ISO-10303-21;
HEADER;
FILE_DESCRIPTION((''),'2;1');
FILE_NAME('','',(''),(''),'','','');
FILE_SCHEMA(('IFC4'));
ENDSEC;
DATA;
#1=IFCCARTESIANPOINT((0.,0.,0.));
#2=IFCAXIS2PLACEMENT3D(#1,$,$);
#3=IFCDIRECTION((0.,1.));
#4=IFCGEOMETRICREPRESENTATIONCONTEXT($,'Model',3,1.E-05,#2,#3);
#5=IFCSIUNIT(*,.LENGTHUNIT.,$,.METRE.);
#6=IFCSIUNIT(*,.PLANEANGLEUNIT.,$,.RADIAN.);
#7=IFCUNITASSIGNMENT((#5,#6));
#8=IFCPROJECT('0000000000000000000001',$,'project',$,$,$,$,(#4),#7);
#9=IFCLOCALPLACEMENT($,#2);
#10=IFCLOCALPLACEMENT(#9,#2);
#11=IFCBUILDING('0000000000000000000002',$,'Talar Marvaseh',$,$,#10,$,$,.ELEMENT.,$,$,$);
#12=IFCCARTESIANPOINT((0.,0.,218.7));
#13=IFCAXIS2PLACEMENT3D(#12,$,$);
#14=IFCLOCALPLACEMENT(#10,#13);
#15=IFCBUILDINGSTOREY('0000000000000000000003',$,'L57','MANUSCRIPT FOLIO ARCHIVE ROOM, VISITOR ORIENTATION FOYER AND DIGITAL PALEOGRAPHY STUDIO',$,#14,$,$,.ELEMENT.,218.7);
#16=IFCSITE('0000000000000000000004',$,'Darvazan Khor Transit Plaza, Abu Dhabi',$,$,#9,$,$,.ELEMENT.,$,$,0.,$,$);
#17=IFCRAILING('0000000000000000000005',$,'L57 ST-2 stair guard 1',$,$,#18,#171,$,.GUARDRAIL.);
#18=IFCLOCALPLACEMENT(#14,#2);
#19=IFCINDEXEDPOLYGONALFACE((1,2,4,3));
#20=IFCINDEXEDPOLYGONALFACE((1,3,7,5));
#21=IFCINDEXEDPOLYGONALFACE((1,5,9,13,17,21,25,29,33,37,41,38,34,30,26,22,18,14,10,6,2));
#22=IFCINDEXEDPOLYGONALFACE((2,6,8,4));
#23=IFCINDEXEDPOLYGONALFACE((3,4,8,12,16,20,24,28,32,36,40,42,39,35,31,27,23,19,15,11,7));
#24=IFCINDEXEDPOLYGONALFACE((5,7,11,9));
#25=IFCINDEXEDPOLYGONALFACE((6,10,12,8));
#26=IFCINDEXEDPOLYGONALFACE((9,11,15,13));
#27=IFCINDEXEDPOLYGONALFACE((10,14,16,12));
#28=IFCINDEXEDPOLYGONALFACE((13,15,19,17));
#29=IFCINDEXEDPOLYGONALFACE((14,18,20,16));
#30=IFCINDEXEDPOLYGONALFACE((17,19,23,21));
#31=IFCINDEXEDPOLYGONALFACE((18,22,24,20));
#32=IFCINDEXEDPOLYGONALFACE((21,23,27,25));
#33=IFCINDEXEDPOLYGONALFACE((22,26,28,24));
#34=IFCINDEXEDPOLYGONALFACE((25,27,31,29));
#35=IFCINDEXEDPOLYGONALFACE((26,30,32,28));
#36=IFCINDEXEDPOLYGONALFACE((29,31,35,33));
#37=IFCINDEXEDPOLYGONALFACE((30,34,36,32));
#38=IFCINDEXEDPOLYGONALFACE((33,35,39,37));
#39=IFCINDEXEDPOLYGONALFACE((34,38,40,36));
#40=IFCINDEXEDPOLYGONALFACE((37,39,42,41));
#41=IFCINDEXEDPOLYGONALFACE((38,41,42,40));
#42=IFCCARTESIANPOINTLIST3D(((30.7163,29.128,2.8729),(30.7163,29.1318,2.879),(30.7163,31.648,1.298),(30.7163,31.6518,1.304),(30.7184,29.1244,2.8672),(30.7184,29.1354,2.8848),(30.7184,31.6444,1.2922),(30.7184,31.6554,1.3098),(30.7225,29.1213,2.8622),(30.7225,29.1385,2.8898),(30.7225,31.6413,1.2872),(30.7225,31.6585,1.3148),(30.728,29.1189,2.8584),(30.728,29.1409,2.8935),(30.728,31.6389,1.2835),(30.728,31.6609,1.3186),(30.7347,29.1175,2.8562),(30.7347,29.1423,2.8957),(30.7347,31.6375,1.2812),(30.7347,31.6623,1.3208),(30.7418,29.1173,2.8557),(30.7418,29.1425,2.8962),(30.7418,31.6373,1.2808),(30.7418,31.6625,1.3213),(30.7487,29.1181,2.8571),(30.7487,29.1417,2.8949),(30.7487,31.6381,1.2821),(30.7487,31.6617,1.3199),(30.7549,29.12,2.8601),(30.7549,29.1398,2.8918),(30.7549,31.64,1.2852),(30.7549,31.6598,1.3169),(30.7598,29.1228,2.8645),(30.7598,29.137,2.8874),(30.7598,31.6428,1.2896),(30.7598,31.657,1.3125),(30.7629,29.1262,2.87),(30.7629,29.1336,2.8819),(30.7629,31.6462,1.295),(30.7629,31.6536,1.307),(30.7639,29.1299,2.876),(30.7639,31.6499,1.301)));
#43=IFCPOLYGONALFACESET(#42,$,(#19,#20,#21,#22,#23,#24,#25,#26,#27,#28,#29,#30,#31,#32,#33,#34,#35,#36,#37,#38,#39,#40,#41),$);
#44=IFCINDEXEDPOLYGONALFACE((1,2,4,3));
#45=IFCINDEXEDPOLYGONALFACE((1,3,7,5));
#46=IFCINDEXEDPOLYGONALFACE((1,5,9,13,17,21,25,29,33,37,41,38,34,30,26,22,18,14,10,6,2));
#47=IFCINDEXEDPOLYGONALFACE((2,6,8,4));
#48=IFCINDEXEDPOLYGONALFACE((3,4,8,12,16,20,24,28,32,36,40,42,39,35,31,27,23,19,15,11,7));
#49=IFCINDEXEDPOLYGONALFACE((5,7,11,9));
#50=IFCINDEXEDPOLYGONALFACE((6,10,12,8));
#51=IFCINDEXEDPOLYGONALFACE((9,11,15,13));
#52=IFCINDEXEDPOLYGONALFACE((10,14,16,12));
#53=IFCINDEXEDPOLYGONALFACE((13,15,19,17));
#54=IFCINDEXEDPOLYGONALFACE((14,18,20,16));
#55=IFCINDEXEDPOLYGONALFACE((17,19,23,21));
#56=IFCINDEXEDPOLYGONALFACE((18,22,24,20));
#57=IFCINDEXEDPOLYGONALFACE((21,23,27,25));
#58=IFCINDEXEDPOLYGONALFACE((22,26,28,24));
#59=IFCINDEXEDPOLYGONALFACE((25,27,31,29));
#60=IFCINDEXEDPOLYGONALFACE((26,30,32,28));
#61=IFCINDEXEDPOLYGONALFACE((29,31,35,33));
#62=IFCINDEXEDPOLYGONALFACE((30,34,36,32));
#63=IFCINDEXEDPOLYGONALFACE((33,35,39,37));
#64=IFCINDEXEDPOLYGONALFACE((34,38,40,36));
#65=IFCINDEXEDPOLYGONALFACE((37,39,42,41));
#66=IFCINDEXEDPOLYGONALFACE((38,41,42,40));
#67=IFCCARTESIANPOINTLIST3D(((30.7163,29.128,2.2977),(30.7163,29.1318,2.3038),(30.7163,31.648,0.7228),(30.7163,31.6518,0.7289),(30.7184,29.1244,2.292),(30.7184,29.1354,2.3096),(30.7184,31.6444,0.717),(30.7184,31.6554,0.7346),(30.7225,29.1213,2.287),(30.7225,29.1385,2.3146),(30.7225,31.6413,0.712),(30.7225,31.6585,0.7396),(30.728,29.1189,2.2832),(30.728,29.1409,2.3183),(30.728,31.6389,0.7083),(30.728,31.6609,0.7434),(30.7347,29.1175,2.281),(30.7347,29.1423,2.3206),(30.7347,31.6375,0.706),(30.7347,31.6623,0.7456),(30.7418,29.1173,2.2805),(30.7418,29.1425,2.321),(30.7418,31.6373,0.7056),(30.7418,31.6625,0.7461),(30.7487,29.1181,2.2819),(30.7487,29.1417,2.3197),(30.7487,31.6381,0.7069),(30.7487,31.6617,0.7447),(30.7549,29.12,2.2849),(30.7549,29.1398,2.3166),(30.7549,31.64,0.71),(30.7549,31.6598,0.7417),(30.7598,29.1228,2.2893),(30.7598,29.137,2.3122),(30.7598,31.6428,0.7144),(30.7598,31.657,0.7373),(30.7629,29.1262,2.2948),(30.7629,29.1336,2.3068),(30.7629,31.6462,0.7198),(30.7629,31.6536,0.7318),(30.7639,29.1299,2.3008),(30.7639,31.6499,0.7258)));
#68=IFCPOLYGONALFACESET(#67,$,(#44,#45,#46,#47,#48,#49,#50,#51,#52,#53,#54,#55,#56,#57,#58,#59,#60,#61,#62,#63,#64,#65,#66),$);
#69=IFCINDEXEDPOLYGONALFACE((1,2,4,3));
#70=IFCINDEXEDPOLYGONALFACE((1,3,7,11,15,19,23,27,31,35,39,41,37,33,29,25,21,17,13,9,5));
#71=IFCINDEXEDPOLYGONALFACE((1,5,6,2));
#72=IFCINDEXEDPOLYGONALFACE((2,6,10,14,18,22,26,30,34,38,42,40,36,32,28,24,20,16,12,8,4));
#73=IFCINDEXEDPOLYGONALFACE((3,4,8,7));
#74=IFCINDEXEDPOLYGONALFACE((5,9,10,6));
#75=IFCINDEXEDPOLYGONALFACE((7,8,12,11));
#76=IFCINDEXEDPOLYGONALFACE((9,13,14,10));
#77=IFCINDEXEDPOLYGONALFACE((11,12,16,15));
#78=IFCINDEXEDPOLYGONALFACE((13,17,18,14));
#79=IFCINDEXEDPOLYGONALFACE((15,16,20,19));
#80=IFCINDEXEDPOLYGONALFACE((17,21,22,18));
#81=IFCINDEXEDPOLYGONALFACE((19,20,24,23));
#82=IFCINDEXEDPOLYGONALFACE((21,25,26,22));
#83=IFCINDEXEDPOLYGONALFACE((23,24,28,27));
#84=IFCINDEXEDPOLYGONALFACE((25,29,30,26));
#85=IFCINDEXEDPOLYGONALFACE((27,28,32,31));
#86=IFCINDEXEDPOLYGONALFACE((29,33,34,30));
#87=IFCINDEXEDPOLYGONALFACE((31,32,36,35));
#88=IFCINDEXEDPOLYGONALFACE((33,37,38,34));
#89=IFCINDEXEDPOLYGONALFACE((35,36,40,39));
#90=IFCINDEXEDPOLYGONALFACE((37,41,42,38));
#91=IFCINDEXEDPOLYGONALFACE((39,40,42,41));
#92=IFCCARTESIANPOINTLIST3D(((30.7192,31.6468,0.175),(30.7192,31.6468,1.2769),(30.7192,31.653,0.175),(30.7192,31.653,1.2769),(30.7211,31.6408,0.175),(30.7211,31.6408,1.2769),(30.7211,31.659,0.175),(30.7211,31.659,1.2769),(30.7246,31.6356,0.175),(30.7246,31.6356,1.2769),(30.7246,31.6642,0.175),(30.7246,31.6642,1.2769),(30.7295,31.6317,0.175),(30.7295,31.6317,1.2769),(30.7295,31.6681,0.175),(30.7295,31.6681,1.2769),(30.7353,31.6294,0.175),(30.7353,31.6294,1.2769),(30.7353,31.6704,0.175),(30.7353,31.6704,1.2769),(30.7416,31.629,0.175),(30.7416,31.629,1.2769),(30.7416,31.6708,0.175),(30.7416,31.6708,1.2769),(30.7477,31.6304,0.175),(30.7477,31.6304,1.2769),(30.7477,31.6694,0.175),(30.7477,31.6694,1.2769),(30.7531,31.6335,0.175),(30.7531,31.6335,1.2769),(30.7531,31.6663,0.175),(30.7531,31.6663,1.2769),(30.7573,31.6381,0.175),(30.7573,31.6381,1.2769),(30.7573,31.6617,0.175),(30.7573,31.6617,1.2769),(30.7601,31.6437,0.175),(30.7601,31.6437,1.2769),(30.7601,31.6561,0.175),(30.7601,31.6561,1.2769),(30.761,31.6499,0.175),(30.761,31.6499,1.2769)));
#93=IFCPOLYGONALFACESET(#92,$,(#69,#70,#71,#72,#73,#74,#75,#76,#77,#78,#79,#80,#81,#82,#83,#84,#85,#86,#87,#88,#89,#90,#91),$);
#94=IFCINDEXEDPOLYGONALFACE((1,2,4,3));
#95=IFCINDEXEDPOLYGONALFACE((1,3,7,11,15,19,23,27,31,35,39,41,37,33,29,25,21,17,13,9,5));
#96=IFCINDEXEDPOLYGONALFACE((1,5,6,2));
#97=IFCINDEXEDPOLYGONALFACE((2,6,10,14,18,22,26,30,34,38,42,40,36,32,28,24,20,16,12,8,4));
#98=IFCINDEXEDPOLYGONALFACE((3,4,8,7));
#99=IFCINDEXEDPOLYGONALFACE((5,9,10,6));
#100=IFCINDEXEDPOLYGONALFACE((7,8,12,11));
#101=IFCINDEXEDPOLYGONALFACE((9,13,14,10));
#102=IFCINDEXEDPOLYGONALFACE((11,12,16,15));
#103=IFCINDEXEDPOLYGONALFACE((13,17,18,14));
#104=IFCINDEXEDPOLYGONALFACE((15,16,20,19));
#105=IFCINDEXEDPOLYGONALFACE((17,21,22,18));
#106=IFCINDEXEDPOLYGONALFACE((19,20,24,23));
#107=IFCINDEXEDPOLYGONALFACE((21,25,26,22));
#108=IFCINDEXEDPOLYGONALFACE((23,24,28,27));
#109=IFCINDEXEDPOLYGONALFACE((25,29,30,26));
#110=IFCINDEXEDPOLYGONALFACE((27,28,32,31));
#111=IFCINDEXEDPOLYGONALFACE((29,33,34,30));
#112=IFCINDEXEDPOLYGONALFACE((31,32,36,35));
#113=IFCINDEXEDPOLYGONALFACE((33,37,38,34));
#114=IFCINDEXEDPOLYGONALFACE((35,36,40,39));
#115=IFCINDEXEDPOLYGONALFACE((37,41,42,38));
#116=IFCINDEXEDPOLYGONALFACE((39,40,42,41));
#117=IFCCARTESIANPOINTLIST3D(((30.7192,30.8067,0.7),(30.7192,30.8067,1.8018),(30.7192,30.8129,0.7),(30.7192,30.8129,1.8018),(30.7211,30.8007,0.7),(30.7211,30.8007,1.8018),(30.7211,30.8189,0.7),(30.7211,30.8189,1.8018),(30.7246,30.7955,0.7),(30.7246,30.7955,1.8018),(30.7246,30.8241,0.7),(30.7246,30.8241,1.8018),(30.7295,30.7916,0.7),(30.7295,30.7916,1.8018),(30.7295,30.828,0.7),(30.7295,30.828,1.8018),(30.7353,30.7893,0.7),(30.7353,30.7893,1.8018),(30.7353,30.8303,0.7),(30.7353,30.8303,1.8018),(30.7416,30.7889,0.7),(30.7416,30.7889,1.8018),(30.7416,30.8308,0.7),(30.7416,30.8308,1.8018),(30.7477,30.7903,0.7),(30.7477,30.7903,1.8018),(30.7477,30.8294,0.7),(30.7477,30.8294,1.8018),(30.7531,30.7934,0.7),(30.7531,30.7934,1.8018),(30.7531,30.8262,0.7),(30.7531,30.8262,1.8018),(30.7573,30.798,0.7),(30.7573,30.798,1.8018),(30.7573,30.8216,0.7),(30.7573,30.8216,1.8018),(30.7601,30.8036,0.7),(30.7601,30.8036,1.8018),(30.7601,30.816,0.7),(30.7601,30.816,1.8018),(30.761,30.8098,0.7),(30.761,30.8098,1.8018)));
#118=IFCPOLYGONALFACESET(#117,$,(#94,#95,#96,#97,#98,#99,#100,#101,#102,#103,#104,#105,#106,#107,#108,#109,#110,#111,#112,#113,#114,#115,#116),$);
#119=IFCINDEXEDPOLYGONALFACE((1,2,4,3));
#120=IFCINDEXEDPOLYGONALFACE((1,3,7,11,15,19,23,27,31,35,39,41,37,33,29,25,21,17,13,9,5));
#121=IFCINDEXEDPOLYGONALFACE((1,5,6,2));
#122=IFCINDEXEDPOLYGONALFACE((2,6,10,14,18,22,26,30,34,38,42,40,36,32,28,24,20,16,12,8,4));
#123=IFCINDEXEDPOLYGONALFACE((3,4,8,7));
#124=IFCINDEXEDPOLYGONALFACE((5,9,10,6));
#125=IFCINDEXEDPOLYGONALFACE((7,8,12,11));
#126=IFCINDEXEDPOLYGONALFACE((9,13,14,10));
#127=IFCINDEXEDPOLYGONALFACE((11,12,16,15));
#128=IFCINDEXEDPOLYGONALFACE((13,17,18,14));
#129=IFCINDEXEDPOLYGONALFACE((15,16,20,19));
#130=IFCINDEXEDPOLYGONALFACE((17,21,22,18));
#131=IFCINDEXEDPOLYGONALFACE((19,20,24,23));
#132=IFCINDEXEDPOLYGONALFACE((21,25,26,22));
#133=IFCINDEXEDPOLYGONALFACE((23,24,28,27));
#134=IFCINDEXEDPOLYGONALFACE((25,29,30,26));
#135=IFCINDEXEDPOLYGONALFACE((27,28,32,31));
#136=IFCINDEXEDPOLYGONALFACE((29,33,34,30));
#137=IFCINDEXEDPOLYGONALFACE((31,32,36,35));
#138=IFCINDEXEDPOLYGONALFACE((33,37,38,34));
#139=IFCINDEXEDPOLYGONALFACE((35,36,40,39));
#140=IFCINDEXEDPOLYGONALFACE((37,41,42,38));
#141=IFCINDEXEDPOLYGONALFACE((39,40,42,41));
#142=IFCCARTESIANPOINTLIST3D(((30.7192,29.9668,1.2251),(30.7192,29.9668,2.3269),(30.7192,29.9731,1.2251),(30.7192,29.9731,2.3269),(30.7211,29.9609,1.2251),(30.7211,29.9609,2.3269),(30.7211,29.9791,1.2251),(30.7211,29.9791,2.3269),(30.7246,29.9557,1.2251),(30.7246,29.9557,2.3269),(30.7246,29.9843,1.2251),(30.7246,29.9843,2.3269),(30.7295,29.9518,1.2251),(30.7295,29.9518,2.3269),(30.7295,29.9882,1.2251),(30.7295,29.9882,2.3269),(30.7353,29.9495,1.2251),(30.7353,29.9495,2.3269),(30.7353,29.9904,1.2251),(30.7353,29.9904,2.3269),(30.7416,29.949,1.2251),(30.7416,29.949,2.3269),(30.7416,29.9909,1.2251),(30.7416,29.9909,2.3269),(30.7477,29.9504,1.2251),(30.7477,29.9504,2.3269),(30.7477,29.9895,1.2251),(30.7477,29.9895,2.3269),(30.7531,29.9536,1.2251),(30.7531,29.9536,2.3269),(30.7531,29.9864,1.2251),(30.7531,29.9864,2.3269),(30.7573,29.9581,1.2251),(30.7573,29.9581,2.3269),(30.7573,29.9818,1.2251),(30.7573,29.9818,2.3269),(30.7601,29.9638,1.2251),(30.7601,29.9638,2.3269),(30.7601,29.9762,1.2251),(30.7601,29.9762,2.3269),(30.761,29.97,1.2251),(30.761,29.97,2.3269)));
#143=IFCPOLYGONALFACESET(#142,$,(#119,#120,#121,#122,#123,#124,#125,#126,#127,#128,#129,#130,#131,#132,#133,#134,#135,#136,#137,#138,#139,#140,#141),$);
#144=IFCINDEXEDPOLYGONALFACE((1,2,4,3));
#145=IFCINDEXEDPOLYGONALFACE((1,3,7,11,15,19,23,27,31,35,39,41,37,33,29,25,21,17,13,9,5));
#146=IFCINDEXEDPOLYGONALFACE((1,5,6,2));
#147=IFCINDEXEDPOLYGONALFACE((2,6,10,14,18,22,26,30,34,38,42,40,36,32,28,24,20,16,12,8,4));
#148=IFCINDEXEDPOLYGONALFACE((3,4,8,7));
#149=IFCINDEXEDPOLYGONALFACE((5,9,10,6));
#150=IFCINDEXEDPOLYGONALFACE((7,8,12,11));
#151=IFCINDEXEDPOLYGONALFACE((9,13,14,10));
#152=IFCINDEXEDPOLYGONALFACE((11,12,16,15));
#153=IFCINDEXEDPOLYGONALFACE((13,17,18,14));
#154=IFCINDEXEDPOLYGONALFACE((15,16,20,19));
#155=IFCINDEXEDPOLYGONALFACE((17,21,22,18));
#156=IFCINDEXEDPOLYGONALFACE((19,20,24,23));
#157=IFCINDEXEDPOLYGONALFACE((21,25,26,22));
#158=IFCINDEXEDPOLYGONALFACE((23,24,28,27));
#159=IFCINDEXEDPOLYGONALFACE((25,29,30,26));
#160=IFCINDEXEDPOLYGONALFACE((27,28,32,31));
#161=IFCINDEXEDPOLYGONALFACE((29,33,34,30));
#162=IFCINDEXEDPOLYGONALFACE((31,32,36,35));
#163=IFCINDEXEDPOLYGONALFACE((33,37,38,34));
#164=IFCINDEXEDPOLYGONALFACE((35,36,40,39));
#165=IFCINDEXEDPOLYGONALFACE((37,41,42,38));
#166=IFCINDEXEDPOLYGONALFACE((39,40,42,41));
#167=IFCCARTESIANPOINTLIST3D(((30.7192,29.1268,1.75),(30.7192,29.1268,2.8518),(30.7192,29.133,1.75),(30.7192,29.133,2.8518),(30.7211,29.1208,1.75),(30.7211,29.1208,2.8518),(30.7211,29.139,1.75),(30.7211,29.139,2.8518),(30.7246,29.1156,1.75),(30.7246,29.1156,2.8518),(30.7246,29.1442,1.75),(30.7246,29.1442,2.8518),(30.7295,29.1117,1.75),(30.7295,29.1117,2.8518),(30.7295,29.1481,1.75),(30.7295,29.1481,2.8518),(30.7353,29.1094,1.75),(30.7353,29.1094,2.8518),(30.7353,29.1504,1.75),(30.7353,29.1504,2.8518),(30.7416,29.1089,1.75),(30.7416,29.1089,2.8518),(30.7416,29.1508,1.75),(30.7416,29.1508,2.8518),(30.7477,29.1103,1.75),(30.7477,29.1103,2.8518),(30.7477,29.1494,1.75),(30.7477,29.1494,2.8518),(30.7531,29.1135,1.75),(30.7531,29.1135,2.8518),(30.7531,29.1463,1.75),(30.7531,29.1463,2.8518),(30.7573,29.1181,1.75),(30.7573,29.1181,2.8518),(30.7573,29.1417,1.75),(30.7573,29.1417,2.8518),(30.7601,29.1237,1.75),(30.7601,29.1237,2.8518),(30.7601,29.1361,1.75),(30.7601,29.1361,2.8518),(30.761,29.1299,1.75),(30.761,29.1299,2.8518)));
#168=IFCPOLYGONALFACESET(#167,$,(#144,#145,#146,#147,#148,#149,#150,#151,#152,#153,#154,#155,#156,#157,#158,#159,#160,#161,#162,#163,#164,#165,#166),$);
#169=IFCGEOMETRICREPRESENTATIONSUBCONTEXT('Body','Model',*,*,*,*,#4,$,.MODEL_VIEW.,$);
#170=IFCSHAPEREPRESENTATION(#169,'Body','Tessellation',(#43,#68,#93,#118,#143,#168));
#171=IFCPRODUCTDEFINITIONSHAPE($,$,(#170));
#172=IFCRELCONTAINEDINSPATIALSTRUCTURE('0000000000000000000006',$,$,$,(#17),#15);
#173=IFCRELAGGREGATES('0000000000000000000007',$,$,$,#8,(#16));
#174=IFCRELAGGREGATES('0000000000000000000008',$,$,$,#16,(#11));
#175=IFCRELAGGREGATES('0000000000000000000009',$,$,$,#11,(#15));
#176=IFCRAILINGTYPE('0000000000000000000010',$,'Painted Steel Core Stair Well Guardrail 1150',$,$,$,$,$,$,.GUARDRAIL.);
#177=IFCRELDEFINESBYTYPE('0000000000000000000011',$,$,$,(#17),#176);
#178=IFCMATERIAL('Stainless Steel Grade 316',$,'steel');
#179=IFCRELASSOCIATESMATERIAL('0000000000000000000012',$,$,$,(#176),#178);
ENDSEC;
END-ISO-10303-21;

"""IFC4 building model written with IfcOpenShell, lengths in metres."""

from ifc_helpers import new_model, si_unit, direction, frame, origin, origin_2d, place, context, subcontext, project, spatial, circle, extrude, material, type_object, element, save


model = new_model("IFC4")

# Units and contexts
model_context = context("Model", 3, precision=1e-05, world=origin(), true_north=direction((0.0, 1.0)))
body_context = subcontext(model_context, "Body", "Model", "MODEL_VIEW")
ifc_project = project(units=[si_unit("LENGTHUNIT", "METRE"), si_unit("PLANEANGLEUNIT", "RADIAN")], contexts=[model_context])

# Site, building, storey
site_placement = place(None, origin())
site = spatial("IfcSite", under=ifc_project, at=site_placement, Name="Darvazan Khor Transit Plaza, Abu Dhabi", CompositionType="ELEMENT", RefElevation=0.0)
building_placement = place(site_placement, origin())
building = spatial("IfcBuilding", under=site, at=building_placement, Name="Talar Marvaseh", CompositionType="ELEMENT")
storey_placement = place(building_placement, frame((0.0, 0.0, 218.7)))
storey = spatial("IfcBuildingStorey", under=building, at=storey_placement, Name="L57", Description="MANUSCRIPT FOLIO ARCHIVE ROOM, VISITOR ORIENTATION FOYER AND DIGITAL PALEOGRAPHY STUDIO", CompositionType="ELEMENT", Elevation=218.7)

# Shared definitions
ifc_material_1 = material(Name="Stainless Steel Grade 316", Category="steel")

# Railing
railing_type_1 = type_object("IfcRailingType", Name="Painted Steel Core Stair Well Guardrail 1150", PredefinedType="GUARDRAIL", material=ifc_material_1)
railing_1_placement = place(storey_placement, frame((30.74, 31.6499, 0.175)))
element("IfcRailing", 1, at=railing_1_placement, inside=storey, type_object=railing_type_1, Name="L57 ST-2 stair guard 1", PredefinedType="GUARDRAIL", context=body_context, shape_type="SweptSolid", body=[
    extrude(circle(Radius=0.0239, at=origin_2d()), frame((0.0, 0.0, 1.126), z_axis=(0.0, -0.848008, 0.529984), x_axis=(1.0, 0.0, 0.0)), (0.0, 0.0, 1.0), 2.9717),
    extrude(circle(Radius=0.0239, at=origin_2d()), frame((0.0, 0.0, 0.5508), z_axis=(0.0, -0.848008, 0.529984), x_axis=(1.0, 0.0, 0.0)), (0.0, 0.0, 1.0), 2.9717),
    extrude(circle(Radius=0.021, at=origin_2d()), origin(), (0.0, 0.0, 1.0), 1.1018),
    extrude(circle(Radius=0.021, at=origin_2d()), frame((0.0, -0.8401, 0.5249)), (0.0, 0.0, 1.0), 1.1018),
    extrude(circle(Radius=0.021, at=origin_2d()), frame((0.0, -1.6799, 1.05)), (0.0, 0.0, 1.0), 1.1018),
    extrude(circle(Radius=0.021, at=origin_2d()), frame((0.0, -2.52, 1.575)), (0.0, 0.0, 1.0), 1.1018),
])

save(model, "model.ifc")
